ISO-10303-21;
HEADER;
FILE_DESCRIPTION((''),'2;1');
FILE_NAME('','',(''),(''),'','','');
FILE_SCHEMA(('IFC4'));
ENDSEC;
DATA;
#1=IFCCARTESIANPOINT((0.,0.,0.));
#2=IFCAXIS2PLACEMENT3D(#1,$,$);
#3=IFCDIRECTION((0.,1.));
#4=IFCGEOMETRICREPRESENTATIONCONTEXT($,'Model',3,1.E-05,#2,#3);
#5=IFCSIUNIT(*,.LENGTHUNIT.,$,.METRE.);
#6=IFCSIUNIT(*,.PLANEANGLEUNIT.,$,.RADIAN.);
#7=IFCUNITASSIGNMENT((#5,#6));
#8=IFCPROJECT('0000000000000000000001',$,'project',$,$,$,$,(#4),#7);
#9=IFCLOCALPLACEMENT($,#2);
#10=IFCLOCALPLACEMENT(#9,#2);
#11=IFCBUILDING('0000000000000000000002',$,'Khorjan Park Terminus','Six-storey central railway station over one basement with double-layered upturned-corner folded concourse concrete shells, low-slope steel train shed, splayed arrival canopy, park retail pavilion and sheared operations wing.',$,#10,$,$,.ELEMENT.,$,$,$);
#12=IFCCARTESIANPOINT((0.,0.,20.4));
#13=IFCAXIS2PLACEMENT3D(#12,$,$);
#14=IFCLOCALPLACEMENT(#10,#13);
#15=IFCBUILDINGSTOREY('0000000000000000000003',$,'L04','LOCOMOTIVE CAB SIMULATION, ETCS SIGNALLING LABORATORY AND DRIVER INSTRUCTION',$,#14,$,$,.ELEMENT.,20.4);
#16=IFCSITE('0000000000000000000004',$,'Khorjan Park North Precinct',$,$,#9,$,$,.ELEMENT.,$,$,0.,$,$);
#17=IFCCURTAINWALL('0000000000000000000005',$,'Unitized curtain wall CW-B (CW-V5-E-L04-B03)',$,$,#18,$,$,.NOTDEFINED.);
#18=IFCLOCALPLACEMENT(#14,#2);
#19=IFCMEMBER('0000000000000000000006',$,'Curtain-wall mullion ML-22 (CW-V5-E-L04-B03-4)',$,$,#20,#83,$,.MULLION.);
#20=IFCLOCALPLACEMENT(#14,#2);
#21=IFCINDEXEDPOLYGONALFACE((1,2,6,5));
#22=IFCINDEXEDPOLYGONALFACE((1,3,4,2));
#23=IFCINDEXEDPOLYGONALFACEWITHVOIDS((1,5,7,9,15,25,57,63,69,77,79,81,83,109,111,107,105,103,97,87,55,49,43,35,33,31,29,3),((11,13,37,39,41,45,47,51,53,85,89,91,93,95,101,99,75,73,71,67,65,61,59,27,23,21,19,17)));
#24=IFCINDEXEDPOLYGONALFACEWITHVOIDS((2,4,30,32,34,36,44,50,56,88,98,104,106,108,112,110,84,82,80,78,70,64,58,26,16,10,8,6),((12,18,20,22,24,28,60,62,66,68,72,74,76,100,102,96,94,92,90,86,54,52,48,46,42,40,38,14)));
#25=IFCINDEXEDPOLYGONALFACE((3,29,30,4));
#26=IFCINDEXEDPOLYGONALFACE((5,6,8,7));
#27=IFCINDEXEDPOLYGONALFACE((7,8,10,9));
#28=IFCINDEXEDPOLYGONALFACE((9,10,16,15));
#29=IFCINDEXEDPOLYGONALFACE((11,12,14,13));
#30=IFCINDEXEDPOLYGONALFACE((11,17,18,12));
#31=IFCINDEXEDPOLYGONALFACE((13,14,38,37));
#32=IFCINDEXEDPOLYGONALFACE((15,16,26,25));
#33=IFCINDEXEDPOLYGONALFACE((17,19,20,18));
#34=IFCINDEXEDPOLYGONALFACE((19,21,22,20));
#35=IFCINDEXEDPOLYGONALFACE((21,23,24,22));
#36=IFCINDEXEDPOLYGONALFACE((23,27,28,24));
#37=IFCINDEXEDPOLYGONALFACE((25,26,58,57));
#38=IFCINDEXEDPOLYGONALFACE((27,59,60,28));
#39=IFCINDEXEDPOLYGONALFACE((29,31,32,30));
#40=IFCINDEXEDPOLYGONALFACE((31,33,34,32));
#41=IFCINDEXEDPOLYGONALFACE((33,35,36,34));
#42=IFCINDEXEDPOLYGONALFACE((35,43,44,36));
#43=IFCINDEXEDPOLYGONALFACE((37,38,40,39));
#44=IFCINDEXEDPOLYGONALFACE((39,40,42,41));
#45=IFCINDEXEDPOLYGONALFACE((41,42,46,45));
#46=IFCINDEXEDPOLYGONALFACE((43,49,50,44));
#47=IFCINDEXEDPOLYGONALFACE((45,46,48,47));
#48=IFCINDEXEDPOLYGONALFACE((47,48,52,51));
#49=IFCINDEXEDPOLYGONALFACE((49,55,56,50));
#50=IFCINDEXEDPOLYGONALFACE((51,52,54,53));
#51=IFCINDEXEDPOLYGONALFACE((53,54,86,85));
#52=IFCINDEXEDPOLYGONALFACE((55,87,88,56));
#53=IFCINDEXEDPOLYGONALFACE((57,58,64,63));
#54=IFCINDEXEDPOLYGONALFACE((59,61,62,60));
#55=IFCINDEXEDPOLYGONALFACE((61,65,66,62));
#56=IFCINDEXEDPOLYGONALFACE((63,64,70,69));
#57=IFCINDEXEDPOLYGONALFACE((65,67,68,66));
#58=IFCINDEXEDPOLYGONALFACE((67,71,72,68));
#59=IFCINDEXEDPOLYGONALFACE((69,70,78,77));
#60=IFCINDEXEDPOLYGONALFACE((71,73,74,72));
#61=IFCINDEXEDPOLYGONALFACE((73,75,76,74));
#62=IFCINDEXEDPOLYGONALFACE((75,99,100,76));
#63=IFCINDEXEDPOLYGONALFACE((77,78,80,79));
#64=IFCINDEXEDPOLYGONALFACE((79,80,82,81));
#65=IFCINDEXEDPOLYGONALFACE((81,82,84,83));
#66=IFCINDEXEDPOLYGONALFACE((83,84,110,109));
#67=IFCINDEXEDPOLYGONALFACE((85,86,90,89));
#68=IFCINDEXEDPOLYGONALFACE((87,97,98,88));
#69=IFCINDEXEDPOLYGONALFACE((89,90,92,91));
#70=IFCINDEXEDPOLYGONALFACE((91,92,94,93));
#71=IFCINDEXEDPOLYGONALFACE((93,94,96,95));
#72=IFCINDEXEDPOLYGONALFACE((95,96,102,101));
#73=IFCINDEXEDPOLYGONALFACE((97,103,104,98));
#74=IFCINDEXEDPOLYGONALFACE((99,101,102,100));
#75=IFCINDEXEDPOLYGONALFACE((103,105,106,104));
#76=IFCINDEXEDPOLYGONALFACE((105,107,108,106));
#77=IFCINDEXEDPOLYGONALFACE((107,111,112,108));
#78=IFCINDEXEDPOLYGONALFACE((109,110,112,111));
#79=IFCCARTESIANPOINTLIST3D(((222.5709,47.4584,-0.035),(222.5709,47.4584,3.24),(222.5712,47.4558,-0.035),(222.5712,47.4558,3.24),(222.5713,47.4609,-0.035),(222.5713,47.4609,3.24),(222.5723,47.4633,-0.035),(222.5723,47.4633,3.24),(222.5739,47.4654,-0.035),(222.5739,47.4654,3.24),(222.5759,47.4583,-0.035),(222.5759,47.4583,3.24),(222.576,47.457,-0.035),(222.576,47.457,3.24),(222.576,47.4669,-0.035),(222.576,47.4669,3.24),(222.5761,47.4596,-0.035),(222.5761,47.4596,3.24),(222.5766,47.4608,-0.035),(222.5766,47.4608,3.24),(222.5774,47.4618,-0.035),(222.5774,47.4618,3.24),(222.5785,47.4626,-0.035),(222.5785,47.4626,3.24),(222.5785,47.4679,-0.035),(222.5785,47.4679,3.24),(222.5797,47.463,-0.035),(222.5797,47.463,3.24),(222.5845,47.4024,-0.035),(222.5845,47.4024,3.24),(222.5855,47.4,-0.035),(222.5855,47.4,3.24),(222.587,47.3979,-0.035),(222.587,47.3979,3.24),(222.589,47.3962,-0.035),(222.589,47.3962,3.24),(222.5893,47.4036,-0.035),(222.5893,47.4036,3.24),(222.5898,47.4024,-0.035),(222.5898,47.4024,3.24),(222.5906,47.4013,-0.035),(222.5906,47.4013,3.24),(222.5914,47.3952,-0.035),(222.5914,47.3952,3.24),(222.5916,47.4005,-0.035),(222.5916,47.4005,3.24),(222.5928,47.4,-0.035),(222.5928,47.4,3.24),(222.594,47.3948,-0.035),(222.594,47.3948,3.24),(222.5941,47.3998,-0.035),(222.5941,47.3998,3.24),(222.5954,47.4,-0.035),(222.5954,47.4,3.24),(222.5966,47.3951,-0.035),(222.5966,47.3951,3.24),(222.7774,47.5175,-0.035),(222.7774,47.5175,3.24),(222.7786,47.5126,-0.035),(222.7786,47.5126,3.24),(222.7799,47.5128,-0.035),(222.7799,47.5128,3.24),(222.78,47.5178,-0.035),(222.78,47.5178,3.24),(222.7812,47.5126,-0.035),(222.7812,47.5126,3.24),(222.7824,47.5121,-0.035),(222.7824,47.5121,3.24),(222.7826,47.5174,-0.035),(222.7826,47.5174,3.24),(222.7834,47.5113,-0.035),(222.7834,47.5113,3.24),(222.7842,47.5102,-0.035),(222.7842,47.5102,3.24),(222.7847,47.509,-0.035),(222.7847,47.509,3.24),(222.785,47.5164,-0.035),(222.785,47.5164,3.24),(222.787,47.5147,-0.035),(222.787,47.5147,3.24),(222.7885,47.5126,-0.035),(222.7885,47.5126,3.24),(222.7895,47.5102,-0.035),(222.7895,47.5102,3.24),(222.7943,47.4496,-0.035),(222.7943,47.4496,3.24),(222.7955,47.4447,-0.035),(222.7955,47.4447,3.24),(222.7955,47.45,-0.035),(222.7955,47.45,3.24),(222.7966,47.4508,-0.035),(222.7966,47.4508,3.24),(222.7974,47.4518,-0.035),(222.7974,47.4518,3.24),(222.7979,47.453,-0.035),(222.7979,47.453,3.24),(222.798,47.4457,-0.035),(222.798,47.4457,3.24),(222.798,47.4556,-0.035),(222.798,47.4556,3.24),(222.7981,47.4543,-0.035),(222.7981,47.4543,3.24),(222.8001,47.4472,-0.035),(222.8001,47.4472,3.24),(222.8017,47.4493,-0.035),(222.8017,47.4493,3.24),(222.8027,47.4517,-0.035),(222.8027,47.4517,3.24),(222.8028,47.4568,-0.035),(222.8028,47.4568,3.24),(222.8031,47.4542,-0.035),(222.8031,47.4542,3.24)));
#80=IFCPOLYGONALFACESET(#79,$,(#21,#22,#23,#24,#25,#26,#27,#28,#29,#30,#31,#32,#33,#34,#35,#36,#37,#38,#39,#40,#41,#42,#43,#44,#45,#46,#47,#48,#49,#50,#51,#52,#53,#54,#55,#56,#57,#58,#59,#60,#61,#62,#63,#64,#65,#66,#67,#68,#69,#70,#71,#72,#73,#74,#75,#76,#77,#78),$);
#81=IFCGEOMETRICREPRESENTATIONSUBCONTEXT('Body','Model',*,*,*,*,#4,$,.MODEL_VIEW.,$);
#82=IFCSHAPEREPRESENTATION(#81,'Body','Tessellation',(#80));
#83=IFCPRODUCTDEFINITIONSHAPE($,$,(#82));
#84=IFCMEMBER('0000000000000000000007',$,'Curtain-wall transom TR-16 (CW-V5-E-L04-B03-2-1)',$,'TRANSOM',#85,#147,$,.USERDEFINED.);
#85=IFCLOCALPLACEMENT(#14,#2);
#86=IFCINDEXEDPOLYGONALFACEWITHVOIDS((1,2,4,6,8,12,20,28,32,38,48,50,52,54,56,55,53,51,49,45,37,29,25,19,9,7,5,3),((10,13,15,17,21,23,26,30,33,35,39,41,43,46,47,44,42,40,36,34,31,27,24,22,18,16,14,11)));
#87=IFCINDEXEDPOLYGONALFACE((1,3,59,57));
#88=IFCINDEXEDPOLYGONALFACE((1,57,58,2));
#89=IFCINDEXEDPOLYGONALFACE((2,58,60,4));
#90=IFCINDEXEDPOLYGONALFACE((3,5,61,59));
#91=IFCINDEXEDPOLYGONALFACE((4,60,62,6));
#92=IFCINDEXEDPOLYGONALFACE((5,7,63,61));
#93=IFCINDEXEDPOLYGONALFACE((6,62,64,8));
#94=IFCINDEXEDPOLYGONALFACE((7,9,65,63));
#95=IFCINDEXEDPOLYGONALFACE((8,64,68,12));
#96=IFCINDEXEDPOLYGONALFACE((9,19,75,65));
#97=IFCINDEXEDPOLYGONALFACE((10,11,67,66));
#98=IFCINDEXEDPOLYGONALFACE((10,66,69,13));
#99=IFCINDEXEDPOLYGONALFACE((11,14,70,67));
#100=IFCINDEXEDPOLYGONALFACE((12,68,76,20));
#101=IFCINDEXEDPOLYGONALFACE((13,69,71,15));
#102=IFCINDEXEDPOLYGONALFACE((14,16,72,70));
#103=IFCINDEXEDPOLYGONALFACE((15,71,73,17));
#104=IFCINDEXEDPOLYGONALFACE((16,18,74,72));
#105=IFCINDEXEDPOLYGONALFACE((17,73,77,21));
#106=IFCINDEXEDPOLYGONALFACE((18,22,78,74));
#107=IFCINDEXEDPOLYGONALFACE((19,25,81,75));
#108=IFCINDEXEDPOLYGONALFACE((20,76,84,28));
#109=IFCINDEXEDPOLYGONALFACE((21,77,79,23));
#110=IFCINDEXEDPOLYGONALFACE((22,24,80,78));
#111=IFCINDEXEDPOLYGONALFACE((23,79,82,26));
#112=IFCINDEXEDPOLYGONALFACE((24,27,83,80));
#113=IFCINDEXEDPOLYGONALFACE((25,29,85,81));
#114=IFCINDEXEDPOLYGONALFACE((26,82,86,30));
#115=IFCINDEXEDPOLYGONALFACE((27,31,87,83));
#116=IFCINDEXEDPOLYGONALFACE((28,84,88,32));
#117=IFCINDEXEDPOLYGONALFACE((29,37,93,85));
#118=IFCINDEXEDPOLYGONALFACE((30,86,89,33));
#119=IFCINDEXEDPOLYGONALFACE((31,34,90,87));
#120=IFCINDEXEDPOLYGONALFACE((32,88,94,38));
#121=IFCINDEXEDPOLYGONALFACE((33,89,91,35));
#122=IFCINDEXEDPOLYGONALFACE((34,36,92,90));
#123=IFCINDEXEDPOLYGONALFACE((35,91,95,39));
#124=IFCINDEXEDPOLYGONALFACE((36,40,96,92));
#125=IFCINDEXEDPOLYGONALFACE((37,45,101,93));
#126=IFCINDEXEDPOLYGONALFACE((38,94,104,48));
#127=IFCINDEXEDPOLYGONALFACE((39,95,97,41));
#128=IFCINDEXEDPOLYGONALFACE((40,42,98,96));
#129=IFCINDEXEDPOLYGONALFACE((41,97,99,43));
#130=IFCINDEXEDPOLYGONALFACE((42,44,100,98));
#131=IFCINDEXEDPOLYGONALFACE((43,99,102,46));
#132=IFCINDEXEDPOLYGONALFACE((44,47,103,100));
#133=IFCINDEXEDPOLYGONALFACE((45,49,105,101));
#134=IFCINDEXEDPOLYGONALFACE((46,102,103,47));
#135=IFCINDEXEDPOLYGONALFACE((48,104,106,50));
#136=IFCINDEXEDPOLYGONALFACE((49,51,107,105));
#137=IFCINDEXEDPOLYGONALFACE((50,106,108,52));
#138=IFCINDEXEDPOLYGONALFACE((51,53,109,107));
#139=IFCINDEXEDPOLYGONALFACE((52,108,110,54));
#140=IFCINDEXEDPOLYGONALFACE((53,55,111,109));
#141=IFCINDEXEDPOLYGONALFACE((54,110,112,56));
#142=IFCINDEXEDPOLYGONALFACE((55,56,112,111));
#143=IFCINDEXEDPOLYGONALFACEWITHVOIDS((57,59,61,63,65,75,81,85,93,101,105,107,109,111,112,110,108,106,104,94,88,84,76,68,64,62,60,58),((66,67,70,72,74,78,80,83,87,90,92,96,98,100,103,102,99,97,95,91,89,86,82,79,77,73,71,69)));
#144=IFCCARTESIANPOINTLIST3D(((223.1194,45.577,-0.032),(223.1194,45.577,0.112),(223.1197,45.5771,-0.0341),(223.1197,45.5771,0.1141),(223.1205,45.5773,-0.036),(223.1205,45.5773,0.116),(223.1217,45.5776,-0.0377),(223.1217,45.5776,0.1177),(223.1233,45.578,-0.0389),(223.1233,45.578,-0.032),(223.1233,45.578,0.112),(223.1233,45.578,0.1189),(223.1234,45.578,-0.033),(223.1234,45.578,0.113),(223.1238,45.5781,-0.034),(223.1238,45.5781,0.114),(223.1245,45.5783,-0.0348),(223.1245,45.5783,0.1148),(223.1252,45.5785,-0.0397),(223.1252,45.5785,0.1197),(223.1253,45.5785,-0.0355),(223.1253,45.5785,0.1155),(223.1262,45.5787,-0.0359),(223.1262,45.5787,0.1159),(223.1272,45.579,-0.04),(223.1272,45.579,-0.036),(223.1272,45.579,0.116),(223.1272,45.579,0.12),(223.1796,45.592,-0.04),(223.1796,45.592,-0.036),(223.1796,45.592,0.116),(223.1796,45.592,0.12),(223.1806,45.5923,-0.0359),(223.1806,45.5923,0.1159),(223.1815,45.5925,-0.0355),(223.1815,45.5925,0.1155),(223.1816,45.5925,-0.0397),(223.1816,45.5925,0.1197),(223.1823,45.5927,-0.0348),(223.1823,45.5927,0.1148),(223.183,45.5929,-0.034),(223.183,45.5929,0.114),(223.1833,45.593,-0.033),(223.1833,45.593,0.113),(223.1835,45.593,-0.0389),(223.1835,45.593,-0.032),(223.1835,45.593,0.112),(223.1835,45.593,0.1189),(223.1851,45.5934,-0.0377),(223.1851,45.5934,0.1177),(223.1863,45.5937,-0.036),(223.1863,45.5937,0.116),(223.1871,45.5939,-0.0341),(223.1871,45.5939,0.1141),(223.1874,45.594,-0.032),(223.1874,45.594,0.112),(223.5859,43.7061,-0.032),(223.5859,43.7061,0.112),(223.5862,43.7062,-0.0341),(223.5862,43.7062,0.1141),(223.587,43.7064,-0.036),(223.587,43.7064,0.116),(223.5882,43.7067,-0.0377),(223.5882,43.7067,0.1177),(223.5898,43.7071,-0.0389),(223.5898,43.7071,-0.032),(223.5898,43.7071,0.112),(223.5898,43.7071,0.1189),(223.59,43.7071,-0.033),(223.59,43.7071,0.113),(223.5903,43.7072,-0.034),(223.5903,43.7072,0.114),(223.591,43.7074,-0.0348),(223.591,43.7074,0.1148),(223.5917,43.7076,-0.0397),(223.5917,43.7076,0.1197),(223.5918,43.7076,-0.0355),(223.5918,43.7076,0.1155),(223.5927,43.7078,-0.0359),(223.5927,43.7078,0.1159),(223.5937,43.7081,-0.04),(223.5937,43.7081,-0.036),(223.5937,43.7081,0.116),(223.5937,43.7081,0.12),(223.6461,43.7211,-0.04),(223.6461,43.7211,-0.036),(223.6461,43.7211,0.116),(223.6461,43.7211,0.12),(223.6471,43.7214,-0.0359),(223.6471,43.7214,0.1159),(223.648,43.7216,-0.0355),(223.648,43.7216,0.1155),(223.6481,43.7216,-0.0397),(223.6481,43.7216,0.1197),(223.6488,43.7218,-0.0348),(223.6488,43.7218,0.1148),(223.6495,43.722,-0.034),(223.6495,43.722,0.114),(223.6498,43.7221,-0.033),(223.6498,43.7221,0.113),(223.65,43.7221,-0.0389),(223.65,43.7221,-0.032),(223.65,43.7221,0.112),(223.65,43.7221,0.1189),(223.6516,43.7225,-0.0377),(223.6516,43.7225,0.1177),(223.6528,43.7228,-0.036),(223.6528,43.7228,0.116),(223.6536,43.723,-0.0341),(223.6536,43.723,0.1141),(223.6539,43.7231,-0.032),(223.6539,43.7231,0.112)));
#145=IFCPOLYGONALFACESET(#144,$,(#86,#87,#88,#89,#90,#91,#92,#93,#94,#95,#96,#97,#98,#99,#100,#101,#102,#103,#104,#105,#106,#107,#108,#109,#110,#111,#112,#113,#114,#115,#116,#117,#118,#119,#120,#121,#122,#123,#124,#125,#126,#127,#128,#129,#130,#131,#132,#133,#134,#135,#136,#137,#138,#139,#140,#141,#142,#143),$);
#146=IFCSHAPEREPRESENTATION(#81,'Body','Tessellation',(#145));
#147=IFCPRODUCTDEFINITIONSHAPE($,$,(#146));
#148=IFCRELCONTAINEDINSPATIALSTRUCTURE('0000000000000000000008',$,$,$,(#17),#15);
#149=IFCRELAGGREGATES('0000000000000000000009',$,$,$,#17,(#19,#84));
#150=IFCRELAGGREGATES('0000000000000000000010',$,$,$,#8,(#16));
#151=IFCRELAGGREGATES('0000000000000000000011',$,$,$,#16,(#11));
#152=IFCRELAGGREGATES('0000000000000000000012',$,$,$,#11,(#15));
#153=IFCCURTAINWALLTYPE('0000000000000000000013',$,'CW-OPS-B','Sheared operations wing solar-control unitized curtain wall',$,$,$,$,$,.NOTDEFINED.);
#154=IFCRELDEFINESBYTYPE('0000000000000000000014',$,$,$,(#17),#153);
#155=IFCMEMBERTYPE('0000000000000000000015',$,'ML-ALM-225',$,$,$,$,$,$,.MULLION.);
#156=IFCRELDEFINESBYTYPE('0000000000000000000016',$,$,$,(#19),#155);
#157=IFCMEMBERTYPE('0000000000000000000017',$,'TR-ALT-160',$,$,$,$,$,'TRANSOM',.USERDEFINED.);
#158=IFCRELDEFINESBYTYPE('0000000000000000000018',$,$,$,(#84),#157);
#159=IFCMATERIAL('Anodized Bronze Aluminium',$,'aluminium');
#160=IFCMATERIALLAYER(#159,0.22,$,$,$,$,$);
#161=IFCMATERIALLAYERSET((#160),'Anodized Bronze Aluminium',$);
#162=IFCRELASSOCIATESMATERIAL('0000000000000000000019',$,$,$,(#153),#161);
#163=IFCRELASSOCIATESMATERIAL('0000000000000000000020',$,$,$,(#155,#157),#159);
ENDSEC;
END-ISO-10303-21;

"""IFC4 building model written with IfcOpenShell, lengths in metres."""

from ifc_helpers import new_model, si_unit, direction, frame, origin, origin_2d, place, context, subcontext, project, spatial, hollow_rectangle, extrude, material, layer, layer_set, material_profile, profile_set, type_object, element, aggregate, save


model = new_model("IFC4")

# Units and contexts
model_context = context("Model", 3, precision=1e-05, world=origin(), true_north=direction((0.0, 1.0)))
body_context = subcontext(model_context, "Body", "Model", "MODEL_VIEW")
ifc_project = project(units=[si_unit("LENGTHUNIT", "METRE"), si_unit("PLANEANGLEUNIT", "RADIAN")], contexts=[model_context])

# Site, building, storey
site_placement = place(None, origin())
site = spatial("IfcSite", under=ifc_project, at=site_placement, Name="Khorjan Park North Precinct", CompositionType="ELEMENT", RefElevation=0.0)
building_placement = place(site_placement, origin())
building = spatial("IfcBuilding", under=site, at=building_placement, Name="Khorjan Park Terminus", Description="Six-storey central railway station over one basement with double-layered upturned-corner folded concourse concrete shells, low-slope steel train shed, splayed arrival canopy, park retail pavilion and sheared operations wing.", CompositionType="ELEMENT")
storey_placement = place(building_placement, frame((0.0, 0.0, 20.4)))
storey = spatial("IfcBuildingStorey", under=building, at=storey_placement, Name="L04", Description="LOCOMOTIVE CAB SIMULATION, ETCS SIGNALLING LABORATORY AND DRIVER INSTRUCTION", CompositionType="ELEMENT", Elevation=20.4)

# Curtain wall, members
ifc_material_1 = material(Name="Anodized Bronze Aluminium", Category="aluminium")
ifc_layer_1 = layer(ifc_material_1, 0.22)
ifc_layer_set_1 = layer_set([ifc_layer_1], Name="Anodized Bronze Aluminium")
curtain_wall_type = type_object("IfcCurtainWallType", Name="CW-OPS-B", Description="Sheared operations wing solar-control unitized curtain wall", PredefinedType="NOTDEFINED", material=ifc_layer_set_1)
curtain_wall_placement = place(storey_placement, origin())
curtain_wall = element("IfcCurtainWall", 1, at=curtain_wall_placement, inside=storey, type_object=curtain_wall_type, Name="Unitized curtain wall CW-B (CW-V5-E-L04-B03)", PredefinedType="NOTDEFINED")
ifc_material_profile_1 = material_profile(ifc_material_1, hollow_rectangle(XDim=0.075, YDim=0.225, WallThickness=0.005, InnerFilletRadius=0.005, OuterFilletRadius=0.01, at=origin_2d()), Name="ALM 75x225x5")
ifc_profile_set_1 = profile_set([ifc_material_profile_1], Name="Anodized Bronze Aluminium")
member_type_1 = type_object("IfcMemberType", Name="ML-ALM-225", PredefinedType="MULLION", material=ifc_profile_set_1)
member_1_placement = place(storey_placement, frame((222.687, 47.4563, -0.035), z_axis=(0.0, 0.0, 1.0), x_axis=(-0.241923, 0.970295, 0.0)))
member_1 = element("IfcMember", 2, at=member_1_placement, type_object=member_type_1, Name="Curtain-wall mullion ML-22 (CW-V5-E-L04-B03-4)", PredefinedType="MULLION", context=body_context, shape_type="SweptSolid", body=[
    extrude(hollow_rectangle(XDim=0.075, YDim=0.225, WallThickness=0.005, InnerFilletRadius=0.005, OuterFilletRadius=0.01, at=origin_2d()), origin(), (0.0, 0.0, 1.0), 3.275),
])
ifc_material_profile_2 = material_profile(ifc_material_1, hollow_rectangle(XDim=0.07, YDim=0.16, WallThickness=0.004, InnerFilletRadius=0.004, OuterFilletRadius=0.008, at=origin_2d()), Name="ALT 70x160x4")
ifc_profile_set_2 = profile_set([ifc_material_profile_2], Name="Anodized Bronze Aluminium")
member_type_2 = type_object("IfcMemberType", Name="TR-ALT-160", ElementType="TRANSOM", PredefinedType="USERDEFINED", material=ifc_profile_set_2)
member_2_placement = place(storey_placement, frame((223.6199, 43.7146, 0.04), z_axis=(-0.241938, 0.970292, 0.0), x_axis=(-0.970292, -0.241938, 0.0)))
member_2 = element("IfcMember", 3, at=member_2_placement, type_object=member_type_2, Name="Curtain-wall transom TR-16 (CW-V5-E-L04-B03-2-1)", ObjectType="TRANSOM", PredefinedType="USERDEFINED", context=body_context, shape_type="SweptSolid", body=[
    extrude(hollow_rectangle(XDim=0.07, YDim=0.16, WallThickness=0.004, InnerFilletRadius=0.004, OuterFilletRadius=0.008, at=origin_2d()), origin(), (0.0, 0.0, 1.0), 1.9282),
])
aggregate(curtain_wall, [member_1, member_2])

save(model, "model.ifc")
